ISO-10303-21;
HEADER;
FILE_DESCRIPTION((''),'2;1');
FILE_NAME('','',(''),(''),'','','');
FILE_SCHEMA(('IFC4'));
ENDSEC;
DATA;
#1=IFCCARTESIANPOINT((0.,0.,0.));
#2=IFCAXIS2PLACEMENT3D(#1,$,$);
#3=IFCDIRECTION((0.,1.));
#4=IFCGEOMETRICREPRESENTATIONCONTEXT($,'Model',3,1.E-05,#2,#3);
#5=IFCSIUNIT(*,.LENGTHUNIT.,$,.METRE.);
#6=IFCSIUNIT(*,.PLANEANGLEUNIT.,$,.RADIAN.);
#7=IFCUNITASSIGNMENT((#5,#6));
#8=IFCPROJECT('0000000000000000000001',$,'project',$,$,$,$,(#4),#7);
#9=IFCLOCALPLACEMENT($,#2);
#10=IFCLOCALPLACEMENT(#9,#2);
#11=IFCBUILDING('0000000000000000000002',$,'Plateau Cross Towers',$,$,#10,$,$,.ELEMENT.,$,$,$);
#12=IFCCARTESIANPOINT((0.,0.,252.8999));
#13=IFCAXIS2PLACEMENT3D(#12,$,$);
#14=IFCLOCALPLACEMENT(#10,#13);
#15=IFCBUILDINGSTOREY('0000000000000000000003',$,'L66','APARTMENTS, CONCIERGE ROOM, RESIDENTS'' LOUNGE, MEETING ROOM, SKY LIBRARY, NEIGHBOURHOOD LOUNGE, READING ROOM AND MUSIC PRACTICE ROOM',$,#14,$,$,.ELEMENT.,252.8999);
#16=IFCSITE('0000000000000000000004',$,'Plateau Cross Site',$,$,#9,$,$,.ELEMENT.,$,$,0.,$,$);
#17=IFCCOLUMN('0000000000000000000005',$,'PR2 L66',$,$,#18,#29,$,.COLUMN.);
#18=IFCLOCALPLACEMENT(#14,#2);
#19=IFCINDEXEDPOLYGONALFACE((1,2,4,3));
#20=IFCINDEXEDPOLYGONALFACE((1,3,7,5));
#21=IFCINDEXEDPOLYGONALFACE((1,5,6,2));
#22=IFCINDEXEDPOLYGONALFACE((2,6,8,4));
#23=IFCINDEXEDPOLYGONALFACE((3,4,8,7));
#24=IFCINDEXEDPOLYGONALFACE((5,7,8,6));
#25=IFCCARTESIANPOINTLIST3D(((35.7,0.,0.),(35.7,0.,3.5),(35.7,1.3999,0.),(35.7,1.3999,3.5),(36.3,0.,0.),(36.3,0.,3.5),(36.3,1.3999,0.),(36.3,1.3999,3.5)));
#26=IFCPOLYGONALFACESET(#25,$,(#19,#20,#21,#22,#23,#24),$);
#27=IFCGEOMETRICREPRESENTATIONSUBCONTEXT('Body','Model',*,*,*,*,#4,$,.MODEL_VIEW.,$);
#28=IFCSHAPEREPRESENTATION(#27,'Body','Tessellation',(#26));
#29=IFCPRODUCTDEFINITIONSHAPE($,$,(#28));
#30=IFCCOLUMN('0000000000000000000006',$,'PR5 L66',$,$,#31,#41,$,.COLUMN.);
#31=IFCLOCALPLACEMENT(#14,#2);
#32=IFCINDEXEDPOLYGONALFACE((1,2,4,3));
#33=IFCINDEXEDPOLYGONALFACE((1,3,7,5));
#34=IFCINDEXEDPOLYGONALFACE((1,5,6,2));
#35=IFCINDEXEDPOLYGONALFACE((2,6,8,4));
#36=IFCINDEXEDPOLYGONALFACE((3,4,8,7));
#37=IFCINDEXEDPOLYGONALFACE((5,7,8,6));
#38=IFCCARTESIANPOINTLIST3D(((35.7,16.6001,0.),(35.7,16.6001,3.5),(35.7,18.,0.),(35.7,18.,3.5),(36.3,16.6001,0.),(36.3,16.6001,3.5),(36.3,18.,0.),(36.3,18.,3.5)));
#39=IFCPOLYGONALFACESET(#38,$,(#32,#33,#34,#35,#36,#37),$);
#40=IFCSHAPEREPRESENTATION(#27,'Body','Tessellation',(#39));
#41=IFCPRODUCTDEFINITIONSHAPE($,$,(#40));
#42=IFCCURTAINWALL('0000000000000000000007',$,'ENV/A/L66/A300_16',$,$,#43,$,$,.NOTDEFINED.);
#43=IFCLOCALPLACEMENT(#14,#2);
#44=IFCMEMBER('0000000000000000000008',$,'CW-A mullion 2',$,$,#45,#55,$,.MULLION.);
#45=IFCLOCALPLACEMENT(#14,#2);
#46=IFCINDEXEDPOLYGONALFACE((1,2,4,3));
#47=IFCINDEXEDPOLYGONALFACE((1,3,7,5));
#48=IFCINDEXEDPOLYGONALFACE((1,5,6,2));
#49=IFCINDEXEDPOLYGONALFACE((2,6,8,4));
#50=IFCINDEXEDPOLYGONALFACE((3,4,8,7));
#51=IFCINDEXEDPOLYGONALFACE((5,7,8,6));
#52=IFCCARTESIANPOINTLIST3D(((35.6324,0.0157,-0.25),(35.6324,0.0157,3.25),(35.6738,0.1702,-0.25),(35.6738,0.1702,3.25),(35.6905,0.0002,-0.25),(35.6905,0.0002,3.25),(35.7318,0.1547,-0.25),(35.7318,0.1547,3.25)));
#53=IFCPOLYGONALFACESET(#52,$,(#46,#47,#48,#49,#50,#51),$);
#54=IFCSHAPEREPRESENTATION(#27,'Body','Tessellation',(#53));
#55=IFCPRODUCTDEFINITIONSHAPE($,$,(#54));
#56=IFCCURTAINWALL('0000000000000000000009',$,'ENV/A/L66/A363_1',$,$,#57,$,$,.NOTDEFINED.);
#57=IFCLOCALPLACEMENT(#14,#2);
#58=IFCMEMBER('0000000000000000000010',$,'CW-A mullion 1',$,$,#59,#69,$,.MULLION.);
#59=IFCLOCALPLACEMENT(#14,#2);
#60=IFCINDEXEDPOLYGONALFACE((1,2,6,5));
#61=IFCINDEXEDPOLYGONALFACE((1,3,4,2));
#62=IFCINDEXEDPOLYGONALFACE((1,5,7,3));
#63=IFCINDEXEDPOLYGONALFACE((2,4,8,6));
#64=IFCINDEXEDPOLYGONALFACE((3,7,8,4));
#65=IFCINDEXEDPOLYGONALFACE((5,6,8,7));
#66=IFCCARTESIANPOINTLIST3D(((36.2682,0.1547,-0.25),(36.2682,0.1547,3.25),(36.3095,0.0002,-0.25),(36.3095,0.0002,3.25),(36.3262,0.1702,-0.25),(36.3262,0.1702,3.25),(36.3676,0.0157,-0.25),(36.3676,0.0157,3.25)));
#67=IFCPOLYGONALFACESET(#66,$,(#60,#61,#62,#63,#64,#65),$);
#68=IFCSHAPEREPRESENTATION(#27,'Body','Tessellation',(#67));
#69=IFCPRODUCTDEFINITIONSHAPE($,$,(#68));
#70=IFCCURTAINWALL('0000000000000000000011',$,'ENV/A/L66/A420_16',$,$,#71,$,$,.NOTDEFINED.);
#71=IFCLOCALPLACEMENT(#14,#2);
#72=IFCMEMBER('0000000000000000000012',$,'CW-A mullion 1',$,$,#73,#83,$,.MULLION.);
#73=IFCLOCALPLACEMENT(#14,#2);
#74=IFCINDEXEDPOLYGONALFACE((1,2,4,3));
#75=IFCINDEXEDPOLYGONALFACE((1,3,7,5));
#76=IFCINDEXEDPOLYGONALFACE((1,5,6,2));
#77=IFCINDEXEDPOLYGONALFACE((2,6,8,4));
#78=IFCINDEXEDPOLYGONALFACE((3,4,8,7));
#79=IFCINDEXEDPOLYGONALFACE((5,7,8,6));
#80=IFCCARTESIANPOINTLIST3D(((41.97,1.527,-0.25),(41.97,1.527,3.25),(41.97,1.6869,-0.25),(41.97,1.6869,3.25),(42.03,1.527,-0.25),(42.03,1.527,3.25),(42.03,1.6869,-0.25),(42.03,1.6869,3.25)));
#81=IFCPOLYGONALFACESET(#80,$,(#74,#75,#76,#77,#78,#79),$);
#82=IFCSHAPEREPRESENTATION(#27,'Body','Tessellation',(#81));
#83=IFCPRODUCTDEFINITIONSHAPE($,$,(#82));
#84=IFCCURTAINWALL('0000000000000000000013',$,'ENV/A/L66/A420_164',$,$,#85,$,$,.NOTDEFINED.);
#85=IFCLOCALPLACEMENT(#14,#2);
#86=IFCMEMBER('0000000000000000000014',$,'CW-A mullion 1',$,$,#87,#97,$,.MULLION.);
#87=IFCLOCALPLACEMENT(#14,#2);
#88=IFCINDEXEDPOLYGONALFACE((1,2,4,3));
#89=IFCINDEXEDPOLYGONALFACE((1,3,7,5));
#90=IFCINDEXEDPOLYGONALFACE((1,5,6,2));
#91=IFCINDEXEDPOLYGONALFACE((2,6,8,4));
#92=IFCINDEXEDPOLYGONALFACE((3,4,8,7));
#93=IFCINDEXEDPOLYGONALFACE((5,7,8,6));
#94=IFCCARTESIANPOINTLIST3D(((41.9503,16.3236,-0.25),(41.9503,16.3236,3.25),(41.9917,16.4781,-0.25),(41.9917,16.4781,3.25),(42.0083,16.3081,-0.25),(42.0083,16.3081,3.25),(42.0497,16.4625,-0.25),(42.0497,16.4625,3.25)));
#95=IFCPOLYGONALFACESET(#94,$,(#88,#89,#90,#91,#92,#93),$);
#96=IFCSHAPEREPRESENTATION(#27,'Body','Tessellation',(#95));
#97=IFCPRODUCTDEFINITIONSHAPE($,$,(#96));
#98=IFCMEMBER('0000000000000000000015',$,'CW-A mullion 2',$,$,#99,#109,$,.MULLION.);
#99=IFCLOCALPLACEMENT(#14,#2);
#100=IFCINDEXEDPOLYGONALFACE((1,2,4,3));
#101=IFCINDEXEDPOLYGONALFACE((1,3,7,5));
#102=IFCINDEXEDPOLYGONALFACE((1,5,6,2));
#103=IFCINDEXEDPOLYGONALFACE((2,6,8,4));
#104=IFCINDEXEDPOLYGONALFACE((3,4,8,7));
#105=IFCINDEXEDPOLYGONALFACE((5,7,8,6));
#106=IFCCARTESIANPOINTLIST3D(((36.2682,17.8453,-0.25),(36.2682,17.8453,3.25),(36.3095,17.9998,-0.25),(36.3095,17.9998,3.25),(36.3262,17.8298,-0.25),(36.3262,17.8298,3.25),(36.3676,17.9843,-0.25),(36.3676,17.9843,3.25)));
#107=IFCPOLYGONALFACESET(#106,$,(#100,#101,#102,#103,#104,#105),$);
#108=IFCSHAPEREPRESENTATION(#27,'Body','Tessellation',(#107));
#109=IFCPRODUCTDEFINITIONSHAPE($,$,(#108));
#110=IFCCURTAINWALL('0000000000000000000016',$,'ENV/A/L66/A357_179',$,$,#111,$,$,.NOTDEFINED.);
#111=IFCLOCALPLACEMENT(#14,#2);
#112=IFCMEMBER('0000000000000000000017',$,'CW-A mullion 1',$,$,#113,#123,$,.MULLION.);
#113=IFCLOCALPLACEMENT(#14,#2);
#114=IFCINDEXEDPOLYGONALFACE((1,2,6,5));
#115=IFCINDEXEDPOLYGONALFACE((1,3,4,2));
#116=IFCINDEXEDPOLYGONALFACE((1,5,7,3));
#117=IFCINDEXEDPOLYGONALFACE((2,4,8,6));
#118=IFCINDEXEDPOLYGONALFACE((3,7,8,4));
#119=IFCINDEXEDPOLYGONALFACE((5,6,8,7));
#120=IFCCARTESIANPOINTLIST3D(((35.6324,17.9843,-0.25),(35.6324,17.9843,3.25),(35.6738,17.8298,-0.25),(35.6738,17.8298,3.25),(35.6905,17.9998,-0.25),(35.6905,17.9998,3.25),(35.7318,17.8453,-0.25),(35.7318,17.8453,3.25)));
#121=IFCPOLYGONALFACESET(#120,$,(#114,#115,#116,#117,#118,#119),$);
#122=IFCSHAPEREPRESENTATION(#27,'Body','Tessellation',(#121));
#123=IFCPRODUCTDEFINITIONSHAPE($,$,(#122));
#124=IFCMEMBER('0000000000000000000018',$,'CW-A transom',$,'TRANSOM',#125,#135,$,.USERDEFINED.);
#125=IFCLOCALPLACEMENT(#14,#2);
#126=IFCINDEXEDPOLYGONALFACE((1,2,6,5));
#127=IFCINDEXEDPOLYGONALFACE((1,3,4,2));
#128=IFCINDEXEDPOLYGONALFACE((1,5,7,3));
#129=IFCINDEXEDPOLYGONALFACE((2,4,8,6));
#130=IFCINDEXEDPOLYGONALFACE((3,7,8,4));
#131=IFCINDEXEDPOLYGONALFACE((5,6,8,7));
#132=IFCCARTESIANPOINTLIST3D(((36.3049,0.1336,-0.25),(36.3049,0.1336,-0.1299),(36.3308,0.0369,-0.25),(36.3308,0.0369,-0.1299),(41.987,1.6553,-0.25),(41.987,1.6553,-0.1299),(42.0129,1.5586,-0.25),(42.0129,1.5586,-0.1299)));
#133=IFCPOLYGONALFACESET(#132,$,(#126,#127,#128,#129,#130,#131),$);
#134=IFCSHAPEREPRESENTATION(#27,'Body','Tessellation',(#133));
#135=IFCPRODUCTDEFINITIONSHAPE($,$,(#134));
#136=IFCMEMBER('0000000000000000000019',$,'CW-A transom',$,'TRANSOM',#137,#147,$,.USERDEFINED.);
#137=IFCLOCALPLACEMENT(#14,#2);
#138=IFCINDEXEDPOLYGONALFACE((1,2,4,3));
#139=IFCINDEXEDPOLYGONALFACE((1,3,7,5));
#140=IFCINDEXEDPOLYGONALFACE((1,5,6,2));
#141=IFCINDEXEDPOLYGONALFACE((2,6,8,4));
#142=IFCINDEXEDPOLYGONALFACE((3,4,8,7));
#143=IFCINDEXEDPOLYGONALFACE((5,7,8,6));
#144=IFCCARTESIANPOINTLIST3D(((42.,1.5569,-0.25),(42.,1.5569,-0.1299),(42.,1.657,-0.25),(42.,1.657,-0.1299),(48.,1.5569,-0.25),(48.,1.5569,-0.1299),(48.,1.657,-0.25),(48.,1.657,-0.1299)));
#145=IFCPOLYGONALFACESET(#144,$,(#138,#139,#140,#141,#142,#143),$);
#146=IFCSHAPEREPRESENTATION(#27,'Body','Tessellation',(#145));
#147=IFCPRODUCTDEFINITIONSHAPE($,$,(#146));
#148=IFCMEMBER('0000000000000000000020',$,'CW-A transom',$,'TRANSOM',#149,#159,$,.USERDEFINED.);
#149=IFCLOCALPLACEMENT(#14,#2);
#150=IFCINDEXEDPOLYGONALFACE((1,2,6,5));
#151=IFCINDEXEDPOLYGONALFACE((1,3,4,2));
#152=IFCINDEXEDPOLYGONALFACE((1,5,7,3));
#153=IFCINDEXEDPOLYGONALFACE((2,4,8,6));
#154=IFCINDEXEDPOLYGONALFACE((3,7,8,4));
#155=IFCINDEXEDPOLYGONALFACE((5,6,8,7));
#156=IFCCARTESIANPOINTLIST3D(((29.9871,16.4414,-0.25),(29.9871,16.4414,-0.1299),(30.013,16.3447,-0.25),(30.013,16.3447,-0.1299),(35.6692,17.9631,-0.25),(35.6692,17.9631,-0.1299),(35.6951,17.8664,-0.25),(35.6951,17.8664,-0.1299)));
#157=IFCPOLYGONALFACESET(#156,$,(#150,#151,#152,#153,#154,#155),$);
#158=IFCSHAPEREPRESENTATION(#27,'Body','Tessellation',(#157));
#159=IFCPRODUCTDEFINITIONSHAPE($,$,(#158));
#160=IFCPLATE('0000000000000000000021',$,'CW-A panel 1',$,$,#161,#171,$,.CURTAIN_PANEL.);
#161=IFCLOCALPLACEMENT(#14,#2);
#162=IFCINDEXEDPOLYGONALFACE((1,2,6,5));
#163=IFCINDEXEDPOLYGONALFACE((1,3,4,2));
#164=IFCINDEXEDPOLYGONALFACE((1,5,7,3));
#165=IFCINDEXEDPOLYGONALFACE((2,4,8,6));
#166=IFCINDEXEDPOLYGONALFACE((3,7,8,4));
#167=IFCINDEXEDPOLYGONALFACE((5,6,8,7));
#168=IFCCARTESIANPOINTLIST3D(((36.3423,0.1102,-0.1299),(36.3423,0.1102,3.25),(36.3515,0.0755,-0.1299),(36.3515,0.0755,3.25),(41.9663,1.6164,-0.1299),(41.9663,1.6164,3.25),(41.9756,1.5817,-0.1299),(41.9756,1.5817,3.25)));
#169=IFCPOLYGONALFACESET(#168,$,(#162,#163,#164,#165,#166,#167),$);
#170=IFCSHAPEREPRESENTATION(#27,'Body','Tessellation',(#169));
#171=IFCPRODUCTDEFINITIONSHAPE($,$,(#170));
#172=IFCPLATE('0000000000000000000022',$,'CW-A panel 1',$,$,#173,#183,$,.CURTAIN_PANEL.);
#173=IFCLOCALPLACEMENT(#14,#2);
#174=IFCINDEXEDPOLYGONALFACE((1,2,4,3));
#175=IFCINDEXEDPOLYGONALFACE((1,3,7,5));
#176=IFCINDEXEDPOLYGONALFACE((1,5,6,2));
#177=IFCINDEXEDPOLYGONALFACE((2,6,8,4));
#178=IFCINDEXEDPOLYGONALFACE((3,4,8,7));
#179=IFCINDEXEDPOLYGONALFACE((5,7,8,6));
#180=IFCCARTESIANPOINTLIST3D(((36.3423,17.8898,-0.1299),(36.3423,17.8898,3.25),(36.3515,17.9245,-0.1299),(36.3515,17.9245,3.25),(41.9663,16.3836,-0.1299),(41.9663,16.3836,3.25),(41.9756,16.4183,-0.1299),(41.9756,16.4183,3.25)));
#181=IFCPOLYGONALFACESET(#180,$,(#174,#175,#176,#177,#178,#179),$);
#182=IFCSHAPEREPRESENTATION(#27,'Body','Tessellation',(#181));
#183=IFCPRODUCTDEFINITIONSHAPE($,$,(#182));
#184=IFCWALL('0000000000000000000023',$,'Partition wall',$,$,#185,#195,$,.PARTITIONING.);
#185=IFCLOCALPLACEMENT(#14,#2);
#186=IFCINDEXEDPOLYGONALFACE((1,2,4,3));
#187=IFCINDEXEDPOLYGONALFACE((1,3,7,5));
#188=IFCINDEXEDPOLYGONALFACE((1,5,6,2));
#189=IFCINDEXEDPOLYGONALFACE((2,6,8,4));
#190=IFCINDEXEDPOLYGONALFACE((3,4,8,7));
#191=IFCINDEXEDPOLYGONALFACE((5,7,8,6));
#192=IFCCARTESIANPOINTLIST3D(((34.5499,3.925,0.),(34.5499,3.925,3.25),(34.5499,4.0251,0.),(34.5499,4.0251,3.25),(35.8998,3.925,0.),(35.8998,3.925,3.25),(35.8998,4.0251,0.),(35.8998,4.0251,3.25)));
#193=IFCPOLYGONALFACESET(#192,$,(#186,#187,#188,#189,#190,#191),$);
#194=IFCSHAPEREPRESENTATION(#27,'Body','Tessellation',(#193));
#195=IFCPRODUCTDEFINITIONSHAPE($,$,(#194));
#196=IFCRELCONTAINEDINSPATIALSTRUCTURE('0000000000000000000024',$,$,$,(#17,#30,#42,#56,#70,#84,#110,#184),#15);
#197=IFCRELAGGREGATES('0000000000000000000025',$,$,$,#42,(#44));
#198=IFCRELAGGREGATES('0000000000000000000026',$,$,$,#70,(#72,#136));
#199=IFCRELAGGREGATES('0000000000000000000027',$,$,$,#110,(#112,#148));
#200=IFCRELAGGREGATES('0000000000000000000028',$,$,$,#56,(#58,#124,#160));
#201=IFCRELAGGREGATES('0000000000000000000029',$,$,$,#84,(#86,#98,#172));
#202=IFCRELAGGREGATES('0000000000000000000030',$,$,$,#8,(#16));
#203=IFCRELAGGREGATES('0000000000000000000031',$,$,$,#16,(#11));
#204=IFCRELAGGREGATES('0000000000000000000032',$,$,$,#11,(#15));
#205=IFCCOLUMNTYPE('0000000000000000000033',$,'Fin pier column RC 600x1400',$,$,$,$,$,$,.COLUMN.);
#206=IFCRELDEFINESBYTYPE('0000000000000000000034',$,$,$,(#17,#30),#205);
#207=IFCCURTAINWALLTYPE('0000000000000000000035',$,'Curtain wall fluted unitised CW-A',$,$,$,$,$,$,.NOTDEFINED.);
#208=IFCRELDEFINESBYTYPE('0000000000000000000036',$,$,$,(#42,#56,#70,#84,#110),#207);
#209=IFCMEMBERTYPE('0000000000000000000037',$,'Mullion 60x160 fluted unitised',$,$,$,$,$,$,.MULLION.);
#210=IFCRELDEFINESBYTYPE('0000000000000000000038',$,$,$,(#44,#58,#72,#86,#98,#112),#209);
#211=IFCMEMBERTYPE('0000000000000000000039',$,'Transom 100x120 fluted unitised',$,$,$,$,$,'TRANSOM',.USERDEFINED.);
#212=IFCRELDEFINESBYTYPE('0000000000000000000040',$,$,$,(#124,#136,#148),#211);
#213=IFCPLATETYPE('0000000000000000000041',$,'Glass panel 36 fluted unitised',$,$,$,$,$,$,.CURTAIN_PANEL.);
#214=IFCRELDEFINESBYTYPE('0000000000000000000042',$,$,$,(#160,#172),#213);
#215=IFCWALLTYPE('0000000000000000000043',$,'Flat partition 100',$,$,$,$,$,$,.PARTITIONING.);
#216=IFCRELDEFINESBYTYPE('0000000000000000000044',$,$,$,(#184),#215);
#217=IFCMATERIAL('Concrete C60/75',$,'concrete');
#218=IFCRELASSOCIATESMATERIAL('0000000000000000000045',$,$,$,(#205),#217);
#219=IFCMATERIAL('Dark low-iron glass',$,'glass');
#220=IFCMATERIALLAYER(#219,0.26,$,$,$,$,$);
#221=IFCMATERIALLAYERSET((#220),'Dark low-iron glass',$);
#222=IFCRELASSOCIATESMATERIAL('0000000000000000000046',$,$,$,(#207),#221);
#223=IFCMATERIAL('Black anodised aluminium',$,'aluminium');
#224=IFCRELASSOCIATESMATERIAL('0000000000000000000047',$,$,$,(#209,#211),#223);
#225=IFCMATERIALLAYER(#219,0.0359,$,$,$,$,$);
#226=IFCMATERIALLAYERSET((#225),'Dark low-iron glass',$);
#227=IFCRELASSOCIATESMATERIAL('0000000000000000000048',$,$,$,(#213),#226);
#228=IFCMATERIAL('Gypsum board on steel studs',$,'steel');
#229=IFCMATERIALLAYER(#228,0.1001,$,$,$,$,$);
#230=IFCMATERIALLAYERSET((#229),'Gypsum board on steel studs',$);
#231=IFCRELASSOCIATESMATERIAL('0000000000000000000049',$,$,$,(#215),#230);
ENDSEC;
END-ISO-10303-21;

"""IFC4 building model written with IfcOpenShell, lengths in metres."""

from ifc_helpers import new_model, si_unit, direction, frame, frame_2d, origin, origin_2d, place, context, subcontext, project, spatial, rectangle, extrude, material, layer, layer_set, material_profile, profile_set, type_object, element, aggregate, save


model = new_model("IFC4")

# Units and contexts
model_context = context("Model", 3, precision=1e-05, world=origin(), true_north=direction((0.0, 1.0)))
body_context = subcontext(model_context, "Body", "Model", "MODEL_VIEW")
ifc_project = project(units=[si_unit("LENGTHUNIT", "METRE"), si_unit("PLANEANGLEUNIT", "RADIAN")], contexts=[model_context])

# Site, building, storey
site_placement = place(None, origin())
site = spatial("IfcSite", under=ifc_project, at=site_placement, Name="Plateau Cross Site", CompositionType="ELEMENT", RefElevation=0.0)
building_placement = place(site_placement, origin())
building = spatial("IfcBuilding", under=site, at=building_placement, Name="Plateau Cross Towers", CompositionType="ELEMENT")
storey_placement = place(building_placement, frame((0.0, 0.0, 252.8999)))
storey = spatial("IfcBuildingStorey", under=building, at=storey_placement, Name="L66", Description="APARTMENTS, CONCIERGE ROOM, RESIDENTS' LOUNGE, MEETING ROOM, SKY LIBRARY, NEIGHBOURHOOD LOUNGE, READING ROOM AND MUSIC PRACTICE ROOM", CompositionType="ELEMENT", Elevation=252.8999)

# Columns
ifc_material_1 = material(Name="Concrete C60/75", Category="concrete")
ifc_material_profile_1 = material_profile(ifc_material_1, rectangle(XDim=0.6001, YDim=1.3999, at=origin_2d()), Name="RC 600x1400")
ifc_profile_set_1 = profile_set([ifc_material_profile_1], Name="Concrete C60/75")
column_type = type_object("IfcColumnType", Name="Fin pier column RC 600x1400", PredefinedType="COLUMN", material=ifc_profile_set_1)
for number, where, z_axis, x_axis, name in (
    (1, (36.0, 0.7, 0.0), (0.0, 0.0, 1.0), (1.0, 0.0, 0.0), "PR2 L66"),
    (2, (36.0, 17.3, 0.0), (0.0, 0.0, 1.0), (1.0, 0.0, 0.0), "PR5 L66"),
):
    element("IfcColumn", number, at=place(storey_placement, frame(where, z_axis=z_axis, x_axis=x_axis)), inside=storey, type_object=column_type, Name=name, PredefinedType="COLUMN", context=body_context, shape_type="SweptSolid", body=[
        extrude(rectangle(XDim=0.6001, YDim=1.3999, at=origin_2d()), origin(), (0.0, 0.0, 1.0), 3.5),
    ])

# Curtain walls, members
ifc_material_2 = material(Name="Dark low-iron glass", Category="glass")
ifc_layer_1 = layer(ifc_material_2, 0.26)
ifc_layer_set_1 = layer_set([ifc_layer_1], Name="Dark low-iron glass")
curtain_wall_type = type_object("IfcCurtainWallType", Name="Curtain wall fluted unitised CW-A", PredefinedType="NOTDEFINED", material=ifc_layer_set_1)
curtain_wall_1_placement = place(storey_placement, origin())
curtain_wall_1 = element("IfcCurtainWall", 3, at=curtain_wall_1_placement, inside=storey, type_object=curtain_wall_type, Name="ENV/A/L66/A300_16", PredefinedType="NOTDEFINED")
ifc_material_3 = material(Name="Black anodised aluminium", Category="aluminium")
ifc_material_profile_2 = material_profile(ifc_material_3, rectangle(XDim=0.0601, YDim=0.1599, at=origin_2d()), Name="MULLION 60x160")
ifc_profile_set_2 = profile_set([ifc_material_profile_2], Name="Black anodised aluminium")
member_type_1 = type_object("IfcMemberType", Name="Mullion 60x160 fluted unitised", PredefinedType="MULLION", material=ifc_profile_set_2)
member_1_placement = place(storey_placement, frame((35.6821, 0.0852, -0.25), z_axis=(0.0, 0.0, 1.0), x_axis=(0.965958, -0.258699, 0.0)))
member_1 = element("IfcMember", 4, at=member_1_placement, type_object=member_type_1, Name="CW-A mullion 2", PredefinedType="MULLION", context=body_context, shape_type="SweptSolid", body=[
    extrude(rectangle(XDim=0.0601, YDim=0.1599, at=origin_2d()), origin(), (0.0, 0.0, 1.0), 3.5),
])
aggregate(curtain_wall_1, [member_1])
curtain_wall_2_placement = place(storey_placement, origin())
curtain_wall_2 = element("IfcCurtainWall", 5, at=curtain_wall_2_placement, inside=storey, type_object=curtain_wall_type, Name="ENV/A/L66/A363_1", PredefinedType="NOTDEFINED")
member_2_placement = place(storey_placement, frame((36.3179, 0.0852, -0.25), z_axis=(0.0, 0.0, 1.0), x_axis=(0.965958, 0.258699, 0.0)))
member_2 = element("IfcMember", 6, at=member_2_placement, type_object=member_type_1, Name="CW-A mullion 1", PredefinedType="MULLION", context=body_context, shape_type="SweptSolid", body=[
    extrude(rectangle(XDim=0.0601, YDim=0.1599, at=origin_2d()), origin(), (0.0, 0.0, 1.0), 3.5),
])
curtain_wall_3_placement = place(storey_placement, origin())
curtain_wall_3 = element("IfcCurtainWall", 7, at=curtain_wall_3_placement, inside=storey, type_object=curtain_wall_type, Name="ENV/A/L66/A420_16", PredefinedType="NOTDEFINED")
member_3_placement = place(storey_placement, frame((42.0, 1.6069, -0.25), z_axis=(0.0, 0.0, 1.0), x_axis=(1.0, 0.0, 0.0)))
member_3 = element("IfcMember", 8, at=member_3_placement, type_object=member_type_1, Name="CW-A mullion 1", PredefinedType="MULLION", context=body_context, shape_type="SweptSolid", body=[
    extrude(rectangle(XDim=0.0601, YDim=0.1599, at=origin_2d()), origin(), (0.0, 0.0, 1.0), 3.5),
])

# Curtain wall, members
curtain_wall_4_placement = place(storey_placement, origin())
curtain_wall_4 = element("IfcCurtainWall", 9, at=curtain_wall_4_placement, inside=storey, type_object=curtain_wall_type, Name="ENV/A/L66/A420_164", PredefinedType="NOTDEFINED")
member_4_placement = place(storey_placement, frame((42.0, 16.3931, -0.25), z_axis=(0.0, 0.0, 1.0), x_axis=(-0.965958, 0.258699, 0.0)))
member_4 = element("IfcMember", 10, at=member_4_placement, type_object=member_type_1, Name="CW-A mullion 1", PredefinedType="MULLION", context=body_context, shape_type="SweptSolid", body=[
    extrude(rectangle(XDim=0.0601, YDim=0.1599, at=origin_2d()), origin(), (0.0, 0.0, 1.0), 3.5),
])
member_5_placement = place(storey_placement, frame((36.3179, 17.9148, -0.25), z_axis=(0.0, 0.0, 1.0), x_axis=(-0.965958, 0.258699, 0.0)))
member_5 = element("IfcMember", 11, at=member_5_placement, type_object=member_type_1, Name="CW-A mullion 2", PredefinedType="MULLION", context=body_context, shape_type="SweptSolid", body=[
    extrude(rectangle(XDim=0.0601, YDim=0.1599, at=origin_2d()), origin(), (0.0, 0.0, 1.0), 3.5),
])

# Curtain wall, member
curtain_wall_5_placement = place(storey_placement, origin())
curtain_wall_5 = element("IfcCurtainWall", 12, at=curtain_wall_5_placement, inside=storey, type_object=curtain_wall_type, Name="ENV/A/L66/A357_179", PredefinedType="NOTDEFINED")
member_6_placement = place(storey_placement, frame((35.6821, 17.9148, -0.25), z_axis=(0.0, 0.0, 1.0), x_axis=(-0.965958, -0.258699, 0.0)))
member_6 = element("IfcMember", 13, at=member_6_placement, type_object=member_type_1, Name="CW-A mullion 1", PredefinedType="MULLION", context=body_context, shape_type="SweptSolid", body=[
    extrude(rectangle(XDim=0.0601, YDim=0.1599, at=origin_2d()), origin(), (0.0, 0.0, 1.0), 3.5),
])

# Members
ifc_material_profile_3 = material_profile(ifc_material_3, rectangle(XDim=0.1001, YDim=0.1201, at=origin_2d()), Name="TRANSOM 100x120")
ifc_profile_set_3 = profile_set([ifc_material_profile_3], Name="Black anodised aluminium")
member_type_2 = type_object("IfcMemberType", Name="Transom 100x120 fluted unitised", ElementType="TRANSOM", PredefinedType="USERDEFINED", material=ifc_profile_set_3)
member_7_placement = place(storey_placement, frame((36.3179, 0.0852, -0.1899), z_axis=(0.96596, 0.258693, 0.0), x_axis=(-0.258693, 0.96596, 0.0)))
member_7 = element("IfcMember", 14, at=member_7_placement, type_object=member_type_2, Name="CW-A transom", ObjectType="TRANSOM", PredefinedType="USERDEFINED", context=body_context, shape_type="SweptSolid", body=[
    extrude(rectangle(XDim=0.1001, YDim=0.1201, at=origin_2d()), origin(), (0.0, 0.0, 1.0), 5.8823),
])
member_8_placement = place(storey_placement, frame((42.0, 1.6069, -0.1899), z_axis=(1.0, 0.0, 0.0), x_axis=(0.0, 1.0, 0.0)))
member_8 = element("IfcMember", 15, at=member_8_placement, type_object=member_type_2, Name="CW-A transom", ObjectType="TRANSOM", PredefinedType="USERDEFINED", context=body_context, shape_type="SweptSolid", body=[
    extrude(rectangle(XDim=0.1001, YDim=0.1201, at=origin_2d()), origin(), (0.0, 0.0, 1.0), 6.0),
])
aggregate(curtain_wall_3, [member_3, member_8])
member_9_placement = place(storey_placement, frame((35.6821, 17.9148, -0.1899), z_axis=(-0.96596, -0.258693, 0.0), x_axis=(0.258693, -0.96596, 0.0)))
member_9 = element("IfcMember", 16, at=member_9_placement, type_object=member_type_2, Name="CW-A transom", ObjectType="TRANSOM", PredefinedType="USERDEFINED", context=body_context, shape_type="SweptSolid", body=[
    extrude(rectangle(XDim=0.1001, YDim=0.1201, at=origin_2d()), origin(), (0.0, 0.0, 1.0), 5.8823),
])
aggregate(curtain_wall_5, [member_6, member_9])

# Plates
ifc_layer_2 = layer(ifc_material_2, 0.0359)
ifc_layer_set_2 = layer_set([ifc_layer_2], Name="Dark low-iron glass")
plate_type = type_object("IfcPlateType", Name="Glass panel 36 fluted unitised", PredefinedType="CURTAIN_PANEL", material=ifc_layer_set_2)
plate_1_placement = place(storey_placement, frame((39.1589, 0.8459, -0.1299), z_axis=(0.0, 0.0, 1.0), x_axis=(0.965958, 0.258699, 0.0)))
plate_1 = element("IfcPlate", 17, at=plate_1_placement, type_object=plate_type, Name="CW-A panel 1", PredefinedType="CURTAIN_PANEL", context=body_context, shape_type="SweptSolid", body=[
    extrude(rectangle(XDim=5.8223, YDim=0.0359, at=origin_2d()), origin(), (0.0, 0.0, 1.0), 3.3799),
])
aggregate(curtain_wall_2, [member_2, member_7, plate_1])
plate_2_placement = place(storey_placement, frame((39.1589, 17.1541, -0.1299), z_axis=(0.0, 0.0, 1.0), x_axis=(-0.965958, 0.258699, 0.0)))
plate_2 = element("IfcPlate", 18, at=plate_2_placement, type_object=plate_type, Name="CW-A panel 1", PredefinedType="CURTAIN_PANEL", context=body_context, shape_type="SweptSolid", body=[
    extrude(rectangle(XDim=5.8223, YDim=0.0359, at=origin_2d()), origin(), (0.0, 0.0, 1.0), 3.3799),
])
aggregate(curtain_wall_4, [member_4, member_5, plate_2])

# Wall
ifc_material_4 = material(Name="Gypsum board on steel studs", Category="steel")
ifc_layer_3 = layer(ifc_material_4, 0.1001)
ifc_layer_set_3 = layer_set([ifc_layer_3], Name="Gypsum board on steel studs")
wall_type_1 = type_object("IfcWallType", Name="Flat partition 100", PredefinedType="PARTITIONING", material=ifc_layer_set_3)
wall_1_placement = place(storey_placement, frame((34.55, 3.9751, 0.0), z_axis=(0.0, 0.0, 1.0), x_axis=(1.0, 0.0, 0.0)))
element("IfcWall", 19, at=wall_1_placement, inside=storey, type_object=wall_type_1, Name="Partition wall", PredefinedType="PARTITIONING", context=body_context, shape_type="SweptSolid", body=[
    extrude(rectangle(XDim=1.3499, YDim=0.1001, at=frame_2d((0.6748, 0.0))), origin(), (0.0, 0.0, 1.0), 3.25),
])

save(model, "model.ifc")
